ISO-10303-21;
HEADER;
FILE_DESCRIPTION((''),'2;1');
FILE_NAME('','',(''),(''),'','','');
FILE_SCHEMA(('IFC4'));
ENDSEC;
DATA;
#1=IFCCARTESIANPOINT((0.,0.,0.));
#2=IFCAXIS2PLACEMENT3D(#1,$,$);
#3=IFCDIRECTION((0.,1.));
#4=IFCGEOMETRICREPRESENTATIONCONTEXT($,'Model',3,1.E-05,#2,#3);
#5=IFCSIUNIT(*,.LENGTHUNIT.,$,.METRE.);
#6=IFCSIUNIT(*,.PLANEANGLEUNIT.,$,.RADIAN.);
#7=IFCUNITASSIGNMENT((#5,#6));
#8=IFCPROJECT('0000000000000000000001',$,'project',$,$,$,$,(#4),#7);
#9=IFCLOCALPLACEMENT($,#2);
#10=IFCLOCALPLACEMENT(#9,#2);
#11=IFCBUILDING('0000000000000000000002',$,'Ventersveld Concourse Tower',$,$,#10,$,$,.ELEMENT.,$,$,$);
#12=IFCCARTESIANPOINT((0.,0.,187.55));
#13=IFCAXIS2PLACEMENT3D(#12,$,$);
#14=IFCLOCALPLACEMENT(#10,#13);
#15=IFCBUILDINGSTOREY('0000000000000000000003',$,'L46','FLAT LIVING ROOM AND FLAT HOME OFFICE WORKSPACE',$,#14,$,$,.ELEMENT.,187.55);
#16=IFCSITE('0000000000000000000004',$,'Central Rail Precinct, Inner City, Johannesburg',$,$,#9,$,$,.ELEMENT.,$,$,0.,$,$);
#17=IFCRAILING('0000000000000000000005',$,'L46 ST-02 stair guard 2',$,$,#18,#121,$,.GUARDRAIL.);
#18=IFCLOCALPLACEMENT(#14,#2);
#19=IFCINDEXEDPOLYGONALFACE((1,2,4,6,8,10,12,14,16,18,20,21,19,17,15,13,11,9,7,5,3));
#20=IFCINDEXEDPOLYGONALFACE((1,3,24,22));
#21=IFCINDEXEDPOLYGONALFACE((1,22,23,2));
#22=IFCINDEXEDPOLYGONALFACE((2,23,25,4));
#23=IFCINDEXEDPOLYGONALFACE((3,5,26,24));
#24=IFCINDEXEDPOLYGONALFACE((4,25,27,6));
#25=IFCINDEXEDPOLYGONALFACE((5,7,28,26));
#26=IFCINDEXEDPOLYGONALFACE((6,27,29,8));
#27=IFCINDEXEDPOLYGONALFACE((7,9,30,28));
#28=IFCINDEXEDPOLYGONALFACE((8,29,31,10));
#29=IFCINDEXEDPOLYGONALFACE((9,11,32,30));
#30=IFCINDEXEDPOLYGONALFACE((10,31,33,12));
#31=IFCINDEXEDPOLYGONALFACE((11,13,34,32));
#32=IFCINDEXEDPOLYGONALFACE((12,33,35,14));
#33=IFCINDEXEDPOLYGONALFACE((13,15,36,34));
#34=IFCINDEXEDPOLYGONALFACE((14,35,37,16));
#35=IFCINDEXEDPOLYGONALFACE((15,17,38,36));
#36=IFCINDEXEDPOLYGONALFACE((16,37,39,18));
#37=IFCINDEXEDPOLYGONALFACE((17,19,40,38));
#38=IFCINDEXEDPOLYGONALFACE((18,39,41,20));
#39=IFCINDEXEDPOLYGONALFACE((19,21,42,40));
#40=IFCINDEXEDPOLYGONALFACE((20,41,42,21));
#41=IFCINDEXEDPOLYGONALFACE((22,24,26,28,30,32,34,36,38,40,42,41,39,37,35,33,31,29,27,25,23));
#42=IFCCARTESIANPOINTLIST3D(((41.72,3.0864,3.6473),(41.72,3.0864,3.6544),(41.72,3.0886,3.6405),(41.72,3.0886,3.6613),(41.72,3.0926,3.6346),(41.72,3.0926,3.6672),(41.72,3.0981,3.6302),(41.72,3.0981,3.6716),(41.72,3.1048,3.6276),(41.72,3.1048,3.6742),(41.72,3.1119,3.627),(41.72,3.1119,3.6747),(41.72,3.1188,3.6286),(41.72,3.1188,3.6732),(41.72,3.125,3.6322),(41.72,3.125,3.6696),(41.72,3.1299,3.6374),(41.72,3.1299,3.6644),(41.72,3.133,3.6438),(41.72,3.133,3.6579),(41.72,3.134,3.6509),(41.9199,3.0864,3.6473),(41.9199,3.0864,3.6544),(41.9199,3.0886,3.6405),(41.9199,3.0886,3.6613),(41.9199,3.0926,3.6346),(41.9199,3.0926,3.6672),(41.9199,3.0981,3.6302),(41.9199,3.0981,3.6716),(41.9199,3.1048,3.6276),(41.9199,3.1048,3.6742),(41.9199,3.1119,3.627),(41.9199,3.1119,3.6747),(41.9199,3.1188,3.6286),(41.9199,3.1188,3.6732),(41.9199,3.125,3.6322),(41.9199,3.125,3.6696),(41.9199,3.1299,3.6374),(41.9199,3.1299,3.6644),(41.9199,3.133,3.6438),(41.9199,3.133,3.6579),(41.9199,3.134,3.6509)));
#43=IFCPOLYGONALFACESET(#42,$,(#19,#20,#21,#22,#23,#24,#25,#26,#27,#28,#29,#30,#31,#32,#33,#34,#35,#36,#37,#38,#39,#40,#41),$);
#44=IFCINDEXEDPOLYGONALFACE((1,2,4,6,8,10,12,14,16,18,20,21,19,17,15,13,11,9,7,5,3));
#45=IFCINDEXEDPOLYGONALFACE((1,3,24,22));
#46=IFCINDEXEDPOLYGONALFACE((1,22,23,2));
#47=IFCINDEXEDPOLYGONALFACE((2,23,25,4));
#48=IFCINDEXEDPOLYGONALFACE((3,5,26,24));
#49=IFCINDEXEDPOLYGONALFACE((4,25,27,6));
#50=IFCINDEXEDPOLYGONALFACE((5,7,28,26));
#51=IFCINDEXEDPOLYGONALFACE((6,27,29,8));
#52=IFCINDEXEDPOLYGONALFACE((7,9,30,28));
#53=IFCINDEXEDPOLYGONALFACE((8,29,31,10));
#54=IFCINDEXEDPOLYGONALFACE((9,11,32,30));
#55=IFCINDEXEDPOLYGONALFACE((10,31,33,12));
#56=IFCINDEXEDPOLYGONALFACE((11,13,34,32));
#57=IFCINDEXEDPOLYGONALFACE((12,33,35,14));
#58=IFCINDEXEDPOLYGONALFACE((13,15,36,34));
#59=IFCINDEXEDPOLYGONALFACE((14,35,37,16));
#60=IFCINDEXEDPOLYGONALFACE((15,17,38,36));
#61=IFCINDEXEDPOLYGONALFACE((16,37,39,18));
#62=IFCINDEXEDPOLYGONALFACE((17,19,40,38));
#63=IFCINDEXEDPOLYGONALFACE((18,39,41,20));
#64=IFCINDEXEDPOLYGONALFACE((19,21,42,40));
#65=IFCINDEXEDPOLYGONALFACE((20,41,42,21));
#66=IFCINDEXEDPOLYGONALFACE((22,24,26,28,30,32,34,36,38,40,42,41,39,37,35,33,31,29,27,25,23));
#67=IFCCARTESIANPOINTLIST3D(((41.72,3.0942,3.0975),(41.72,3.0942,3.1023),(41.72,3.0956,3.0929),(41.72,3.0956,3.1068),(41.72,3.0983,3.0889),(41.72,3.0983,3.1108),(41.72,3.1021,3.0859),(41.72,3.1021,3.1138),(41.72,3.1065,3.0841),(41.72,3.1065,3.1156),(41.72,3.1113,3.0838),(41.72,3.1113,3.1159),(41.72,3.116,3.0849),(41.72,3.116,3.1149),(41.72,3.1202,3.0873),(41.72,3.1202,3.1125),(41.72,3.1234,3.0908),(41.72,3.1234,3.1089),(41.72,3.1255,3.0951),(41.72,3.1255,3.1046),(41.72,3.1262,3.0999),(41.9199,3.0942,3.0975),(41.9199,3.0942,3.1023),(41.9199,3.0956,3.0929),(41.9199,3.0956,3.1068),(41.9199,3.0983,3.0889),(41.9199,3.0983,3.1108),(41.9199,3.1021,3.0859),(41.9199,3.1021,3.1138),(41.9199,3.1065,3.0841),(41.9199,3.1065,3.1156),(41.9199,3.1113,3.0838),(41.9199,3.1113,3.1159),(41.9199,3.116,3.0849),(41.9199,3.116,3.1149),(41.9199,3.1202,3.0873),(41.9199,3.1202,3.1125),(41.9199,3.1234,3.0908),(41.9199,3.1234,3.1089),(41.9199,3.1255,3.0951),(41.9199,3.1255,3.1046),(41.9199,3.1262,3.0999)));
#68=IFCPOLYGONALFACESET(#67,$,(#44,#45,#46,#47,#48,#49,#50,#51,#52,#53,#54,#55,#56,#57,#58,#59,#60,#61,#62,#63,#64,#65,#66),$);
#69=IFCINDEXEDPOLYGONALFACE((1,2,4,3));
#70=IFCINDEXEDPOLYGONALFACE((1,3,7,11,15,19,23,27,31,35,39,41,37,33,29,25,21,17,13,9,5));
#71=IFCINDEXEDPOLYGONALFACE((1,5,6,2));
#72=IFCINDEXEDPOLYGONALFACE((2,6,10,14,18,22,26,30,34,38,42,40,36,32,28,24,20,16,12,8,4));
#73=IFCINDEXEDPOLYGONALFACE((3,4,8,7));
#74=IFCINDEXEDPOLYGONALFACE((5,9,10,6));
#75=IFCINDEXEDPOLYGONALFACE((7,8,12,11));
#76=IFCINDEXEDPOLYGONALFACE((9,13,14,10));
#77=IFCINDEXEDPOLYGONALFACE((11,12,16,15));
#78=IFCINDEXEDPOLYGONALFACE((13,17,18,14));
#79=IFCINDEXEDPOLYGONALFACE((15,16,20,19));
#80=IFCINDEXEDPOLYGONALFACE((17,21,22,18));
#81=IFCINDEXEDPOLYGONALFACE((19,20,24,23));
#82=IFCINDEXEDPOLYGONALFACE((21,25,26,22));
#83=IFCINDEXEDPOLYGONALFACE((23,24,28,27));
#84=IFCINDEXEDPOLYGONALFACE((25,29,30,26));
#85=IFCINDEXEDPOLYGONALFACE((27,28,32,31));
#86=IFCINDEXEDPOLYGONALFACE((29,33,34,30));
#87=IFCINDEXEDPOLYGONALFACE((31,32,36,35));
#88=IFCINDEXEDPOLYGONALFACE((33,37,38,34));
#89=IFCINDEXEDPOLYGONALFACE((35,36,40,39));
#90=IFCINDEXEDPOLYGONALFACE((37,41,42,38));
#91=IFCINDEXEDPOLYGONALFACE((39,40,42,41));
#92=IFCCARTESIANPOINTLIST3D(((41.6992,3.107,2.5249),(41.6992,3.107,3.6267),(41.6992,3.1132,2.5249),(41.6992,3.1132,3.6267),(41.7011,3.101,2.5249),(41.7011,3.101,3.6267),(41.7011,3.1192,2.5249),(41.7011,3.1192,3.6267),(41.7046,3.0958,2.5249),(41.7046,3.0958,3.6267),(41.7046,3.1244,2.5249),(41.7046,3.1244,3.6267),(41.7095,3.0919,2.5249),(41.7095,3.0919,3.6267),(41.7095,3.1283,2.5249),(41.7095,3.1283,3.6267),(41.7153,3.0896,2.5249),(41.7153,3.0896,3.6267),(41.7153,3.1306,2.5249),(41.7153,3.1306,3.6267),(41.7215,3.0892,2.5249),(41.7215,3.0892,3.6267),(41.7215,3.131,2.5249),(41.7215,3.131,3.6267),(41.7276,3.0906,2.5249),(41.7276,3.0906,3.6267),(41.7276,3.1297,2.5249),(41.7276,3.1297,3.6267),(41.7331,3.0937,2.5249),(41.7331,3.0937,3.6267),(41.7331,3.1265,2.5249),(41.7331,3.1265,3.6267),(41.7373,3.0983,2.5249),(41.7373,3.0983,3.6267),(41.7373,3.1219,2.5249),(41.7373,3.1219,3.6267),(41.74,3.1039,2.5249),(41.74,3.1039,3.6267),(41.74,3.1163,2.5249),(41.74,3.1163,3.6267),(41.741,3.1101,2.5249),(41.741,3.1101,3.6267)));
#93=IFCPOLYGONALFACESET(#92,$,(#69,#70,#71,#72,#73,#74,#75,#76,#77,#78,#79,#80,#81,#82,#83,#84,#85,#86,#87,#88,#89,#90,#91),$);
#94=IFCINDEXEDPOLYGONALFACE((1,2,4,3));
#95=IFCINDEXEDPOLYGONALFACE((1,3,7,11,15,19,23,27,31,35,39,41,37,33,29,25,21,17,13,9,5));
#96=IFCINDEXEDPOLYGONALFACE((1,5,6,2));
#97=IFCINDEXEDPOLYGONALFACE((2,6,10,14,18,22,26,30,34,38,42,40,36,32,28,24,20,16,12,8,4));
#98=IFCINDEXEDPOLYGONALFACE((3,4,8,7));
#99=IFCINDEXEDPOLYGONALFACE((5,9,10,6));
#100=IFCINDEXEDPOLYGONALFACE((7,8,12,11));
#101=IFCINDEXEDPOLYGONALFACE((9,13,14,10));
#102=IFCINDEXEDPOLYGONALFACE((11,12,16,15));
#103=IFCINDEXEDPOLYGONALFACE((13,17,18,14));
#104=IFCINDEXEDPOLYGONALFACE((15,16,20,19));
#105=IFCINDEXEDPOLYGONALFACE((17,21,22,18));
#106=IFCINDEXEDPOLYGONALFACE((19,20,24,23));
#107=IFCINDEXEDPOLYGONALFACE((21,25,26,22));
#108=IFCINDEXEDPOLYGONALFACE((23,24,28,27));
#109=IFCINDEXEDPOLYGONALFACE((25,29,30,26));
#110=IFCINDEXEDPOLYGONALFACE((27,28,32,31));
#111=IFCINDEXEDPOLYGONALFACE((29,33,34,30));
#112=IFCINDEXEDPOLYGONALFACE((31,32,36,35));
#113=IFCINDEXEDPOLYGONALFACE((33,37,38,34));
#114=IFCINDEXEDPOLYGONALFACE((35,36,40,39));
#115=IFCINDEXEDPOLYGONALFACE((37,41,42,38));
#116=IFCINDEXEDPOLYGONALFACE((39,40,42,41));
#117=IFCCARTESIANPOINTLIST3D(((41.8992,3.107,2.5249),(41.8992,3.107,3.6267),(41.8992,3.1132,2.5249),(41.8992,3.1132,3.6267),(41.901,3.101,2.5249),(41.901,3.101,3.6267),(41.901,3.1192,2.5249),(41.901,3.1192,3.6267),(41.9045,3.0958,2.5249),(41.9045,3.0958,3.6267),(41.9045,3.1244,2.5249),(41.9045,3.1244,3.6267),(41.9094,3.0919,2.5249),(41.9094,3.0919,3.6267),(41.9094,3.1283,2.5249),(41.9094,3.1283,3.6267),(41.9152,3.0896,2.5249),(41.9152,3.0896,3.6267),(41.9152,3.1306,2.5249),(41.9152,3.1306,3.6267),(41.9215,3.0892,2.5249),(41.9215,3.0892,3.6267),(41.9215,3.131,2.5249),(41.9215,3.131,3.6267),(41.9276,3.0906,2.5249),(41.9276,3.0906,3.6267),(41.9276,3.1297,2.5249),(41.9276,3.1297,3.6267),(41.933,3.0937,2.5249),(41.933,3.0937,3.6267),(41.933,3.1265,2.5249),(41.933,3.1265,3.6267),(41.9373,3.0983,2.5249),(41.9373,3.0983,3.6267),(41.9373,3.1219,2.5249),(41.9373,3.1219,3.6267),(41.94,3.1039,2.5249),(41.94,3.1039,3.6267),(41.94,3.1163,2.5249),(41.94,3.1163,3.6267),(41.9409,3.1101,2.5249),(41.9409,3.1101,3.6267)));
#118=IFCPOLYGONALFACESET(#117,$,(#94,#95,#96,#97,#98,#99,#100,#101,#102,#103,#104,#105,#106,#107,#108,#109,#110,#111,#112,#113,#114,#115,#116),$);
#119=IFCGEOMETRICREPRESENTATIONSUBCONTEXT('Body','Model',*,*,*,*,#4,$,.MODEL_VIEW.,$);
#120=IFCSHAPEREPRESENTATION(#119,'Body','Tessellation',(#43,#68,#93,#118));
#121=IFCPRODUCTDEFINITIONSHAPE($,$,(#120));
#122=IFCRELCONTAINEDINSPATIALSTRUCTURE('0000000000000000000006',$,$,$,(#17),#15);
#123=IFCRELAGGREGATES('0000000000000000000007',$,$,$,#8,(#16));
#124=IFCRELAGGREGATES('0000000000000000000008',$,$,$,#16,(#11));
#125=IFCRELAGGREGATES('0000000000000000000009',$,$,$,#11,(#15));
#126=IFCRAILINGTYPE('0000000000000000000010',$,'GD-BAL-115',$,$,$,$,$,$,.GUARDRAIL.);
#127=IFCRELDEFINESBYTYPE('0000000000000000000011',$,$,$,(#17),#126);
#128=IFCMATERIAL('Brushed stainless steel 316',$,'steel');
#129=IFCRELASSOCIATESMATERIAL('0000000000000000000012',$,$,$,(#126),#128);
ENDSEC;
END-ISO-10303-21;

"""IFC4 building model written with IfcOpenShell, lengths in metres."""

from ifc_helpers import new_model, si_unit, direction, frame, origin, origin_2d, place, context, subcontext, project, spatial, circle, extrude, material, type_object, element, save


model = new_model("IFC4")

# Units and contexts
model_context = context("Model", 3, precision=1e-05, world=origin(), true_north=direction((0.0, 1.0)))
body_context = subcontext(model_context, "Body", "Model", "MODEL_VIEW")
ifc_project = project(units=[si_unit("LENGTHUNIT", "METRE"), si_unit("PLANEANGLEUNIT", "RADIAN")], contexts=[model_context])

# Site, building, storey
site_placement = place(None, origin())
site = spatial("IfcSite", under=ifc_project, at=site_placement, Name="Central Rail Precinct, Inner City, Johannesburg", CompositionType="ELEMENT", RefElevation=0.0)
building_placement = place(site_placement, origin())
building = spatial("IfcBuilding", under=site, at=building_placement, Name="Ventersveld Concourse Tower", CompositionType="ELEMENT")
storey_placement = place(building_placement, frame((0.0, 0.0, 187.55)))
storey = spatial("IfcBuildingStorey", under=building, at=storey_placement, Name="L46", Description="FLAT LIVING ROOM AND FLAT HOME OFFICE WORKSPACE", CompositionType="ELEMENT", Elevation=187.55)

# Shared definitions
ifc_material_1 = material(Name="Brushed stainless steel 316", Category="steel")

# Railing
railing_type_1 = type_object("IfcRailingType", Name="GD-BAL-115", PredefinedType="GUARDRAIL", material=ifc_material_1)
railing_1_placement = place(storey_placement, frame((41.72, 3.1101, 2.5249)))
element("IfcRailing", 1, at=railing_1_placement, inside=storey, type_object=railing_type_1, Name="L46 ST-02 stair guard 2", PredefinedType="GUARDRAIL", context=body_context, shape_type="SweptSolid", body=[
    extrude(circle(Radius=0.0239, at=origin_2d()), frame((0.0, 0.0, 1.126), z_axis=(1.0, 0.0, 0.0), x_axis=(0.0, 1.0, 0.0)), (0.0, 0.0, 1.0), 0.2),
    extrude(circle(Radius=0.0161, at=origin_2d()), frame((0.0, 0.0, 0.575), z_axis=(1.0, 0.0, 0.0), x_axis=(0.0, 1.0, 0.0)), (0.0, 0.0, 1.0), 0.2),
    extrude(circle(Radius=0.021, at=origin_2d()), origin(), (0.0, 0.0, 1.0), 1.1018),
    extrude(circle(Radius=0.021, at=origin_2d()), frame((0.2, 0.0, 0.0)), (0.0, 0.0, 1.0), 1.1018),
])

save(model, "model.ifc")
